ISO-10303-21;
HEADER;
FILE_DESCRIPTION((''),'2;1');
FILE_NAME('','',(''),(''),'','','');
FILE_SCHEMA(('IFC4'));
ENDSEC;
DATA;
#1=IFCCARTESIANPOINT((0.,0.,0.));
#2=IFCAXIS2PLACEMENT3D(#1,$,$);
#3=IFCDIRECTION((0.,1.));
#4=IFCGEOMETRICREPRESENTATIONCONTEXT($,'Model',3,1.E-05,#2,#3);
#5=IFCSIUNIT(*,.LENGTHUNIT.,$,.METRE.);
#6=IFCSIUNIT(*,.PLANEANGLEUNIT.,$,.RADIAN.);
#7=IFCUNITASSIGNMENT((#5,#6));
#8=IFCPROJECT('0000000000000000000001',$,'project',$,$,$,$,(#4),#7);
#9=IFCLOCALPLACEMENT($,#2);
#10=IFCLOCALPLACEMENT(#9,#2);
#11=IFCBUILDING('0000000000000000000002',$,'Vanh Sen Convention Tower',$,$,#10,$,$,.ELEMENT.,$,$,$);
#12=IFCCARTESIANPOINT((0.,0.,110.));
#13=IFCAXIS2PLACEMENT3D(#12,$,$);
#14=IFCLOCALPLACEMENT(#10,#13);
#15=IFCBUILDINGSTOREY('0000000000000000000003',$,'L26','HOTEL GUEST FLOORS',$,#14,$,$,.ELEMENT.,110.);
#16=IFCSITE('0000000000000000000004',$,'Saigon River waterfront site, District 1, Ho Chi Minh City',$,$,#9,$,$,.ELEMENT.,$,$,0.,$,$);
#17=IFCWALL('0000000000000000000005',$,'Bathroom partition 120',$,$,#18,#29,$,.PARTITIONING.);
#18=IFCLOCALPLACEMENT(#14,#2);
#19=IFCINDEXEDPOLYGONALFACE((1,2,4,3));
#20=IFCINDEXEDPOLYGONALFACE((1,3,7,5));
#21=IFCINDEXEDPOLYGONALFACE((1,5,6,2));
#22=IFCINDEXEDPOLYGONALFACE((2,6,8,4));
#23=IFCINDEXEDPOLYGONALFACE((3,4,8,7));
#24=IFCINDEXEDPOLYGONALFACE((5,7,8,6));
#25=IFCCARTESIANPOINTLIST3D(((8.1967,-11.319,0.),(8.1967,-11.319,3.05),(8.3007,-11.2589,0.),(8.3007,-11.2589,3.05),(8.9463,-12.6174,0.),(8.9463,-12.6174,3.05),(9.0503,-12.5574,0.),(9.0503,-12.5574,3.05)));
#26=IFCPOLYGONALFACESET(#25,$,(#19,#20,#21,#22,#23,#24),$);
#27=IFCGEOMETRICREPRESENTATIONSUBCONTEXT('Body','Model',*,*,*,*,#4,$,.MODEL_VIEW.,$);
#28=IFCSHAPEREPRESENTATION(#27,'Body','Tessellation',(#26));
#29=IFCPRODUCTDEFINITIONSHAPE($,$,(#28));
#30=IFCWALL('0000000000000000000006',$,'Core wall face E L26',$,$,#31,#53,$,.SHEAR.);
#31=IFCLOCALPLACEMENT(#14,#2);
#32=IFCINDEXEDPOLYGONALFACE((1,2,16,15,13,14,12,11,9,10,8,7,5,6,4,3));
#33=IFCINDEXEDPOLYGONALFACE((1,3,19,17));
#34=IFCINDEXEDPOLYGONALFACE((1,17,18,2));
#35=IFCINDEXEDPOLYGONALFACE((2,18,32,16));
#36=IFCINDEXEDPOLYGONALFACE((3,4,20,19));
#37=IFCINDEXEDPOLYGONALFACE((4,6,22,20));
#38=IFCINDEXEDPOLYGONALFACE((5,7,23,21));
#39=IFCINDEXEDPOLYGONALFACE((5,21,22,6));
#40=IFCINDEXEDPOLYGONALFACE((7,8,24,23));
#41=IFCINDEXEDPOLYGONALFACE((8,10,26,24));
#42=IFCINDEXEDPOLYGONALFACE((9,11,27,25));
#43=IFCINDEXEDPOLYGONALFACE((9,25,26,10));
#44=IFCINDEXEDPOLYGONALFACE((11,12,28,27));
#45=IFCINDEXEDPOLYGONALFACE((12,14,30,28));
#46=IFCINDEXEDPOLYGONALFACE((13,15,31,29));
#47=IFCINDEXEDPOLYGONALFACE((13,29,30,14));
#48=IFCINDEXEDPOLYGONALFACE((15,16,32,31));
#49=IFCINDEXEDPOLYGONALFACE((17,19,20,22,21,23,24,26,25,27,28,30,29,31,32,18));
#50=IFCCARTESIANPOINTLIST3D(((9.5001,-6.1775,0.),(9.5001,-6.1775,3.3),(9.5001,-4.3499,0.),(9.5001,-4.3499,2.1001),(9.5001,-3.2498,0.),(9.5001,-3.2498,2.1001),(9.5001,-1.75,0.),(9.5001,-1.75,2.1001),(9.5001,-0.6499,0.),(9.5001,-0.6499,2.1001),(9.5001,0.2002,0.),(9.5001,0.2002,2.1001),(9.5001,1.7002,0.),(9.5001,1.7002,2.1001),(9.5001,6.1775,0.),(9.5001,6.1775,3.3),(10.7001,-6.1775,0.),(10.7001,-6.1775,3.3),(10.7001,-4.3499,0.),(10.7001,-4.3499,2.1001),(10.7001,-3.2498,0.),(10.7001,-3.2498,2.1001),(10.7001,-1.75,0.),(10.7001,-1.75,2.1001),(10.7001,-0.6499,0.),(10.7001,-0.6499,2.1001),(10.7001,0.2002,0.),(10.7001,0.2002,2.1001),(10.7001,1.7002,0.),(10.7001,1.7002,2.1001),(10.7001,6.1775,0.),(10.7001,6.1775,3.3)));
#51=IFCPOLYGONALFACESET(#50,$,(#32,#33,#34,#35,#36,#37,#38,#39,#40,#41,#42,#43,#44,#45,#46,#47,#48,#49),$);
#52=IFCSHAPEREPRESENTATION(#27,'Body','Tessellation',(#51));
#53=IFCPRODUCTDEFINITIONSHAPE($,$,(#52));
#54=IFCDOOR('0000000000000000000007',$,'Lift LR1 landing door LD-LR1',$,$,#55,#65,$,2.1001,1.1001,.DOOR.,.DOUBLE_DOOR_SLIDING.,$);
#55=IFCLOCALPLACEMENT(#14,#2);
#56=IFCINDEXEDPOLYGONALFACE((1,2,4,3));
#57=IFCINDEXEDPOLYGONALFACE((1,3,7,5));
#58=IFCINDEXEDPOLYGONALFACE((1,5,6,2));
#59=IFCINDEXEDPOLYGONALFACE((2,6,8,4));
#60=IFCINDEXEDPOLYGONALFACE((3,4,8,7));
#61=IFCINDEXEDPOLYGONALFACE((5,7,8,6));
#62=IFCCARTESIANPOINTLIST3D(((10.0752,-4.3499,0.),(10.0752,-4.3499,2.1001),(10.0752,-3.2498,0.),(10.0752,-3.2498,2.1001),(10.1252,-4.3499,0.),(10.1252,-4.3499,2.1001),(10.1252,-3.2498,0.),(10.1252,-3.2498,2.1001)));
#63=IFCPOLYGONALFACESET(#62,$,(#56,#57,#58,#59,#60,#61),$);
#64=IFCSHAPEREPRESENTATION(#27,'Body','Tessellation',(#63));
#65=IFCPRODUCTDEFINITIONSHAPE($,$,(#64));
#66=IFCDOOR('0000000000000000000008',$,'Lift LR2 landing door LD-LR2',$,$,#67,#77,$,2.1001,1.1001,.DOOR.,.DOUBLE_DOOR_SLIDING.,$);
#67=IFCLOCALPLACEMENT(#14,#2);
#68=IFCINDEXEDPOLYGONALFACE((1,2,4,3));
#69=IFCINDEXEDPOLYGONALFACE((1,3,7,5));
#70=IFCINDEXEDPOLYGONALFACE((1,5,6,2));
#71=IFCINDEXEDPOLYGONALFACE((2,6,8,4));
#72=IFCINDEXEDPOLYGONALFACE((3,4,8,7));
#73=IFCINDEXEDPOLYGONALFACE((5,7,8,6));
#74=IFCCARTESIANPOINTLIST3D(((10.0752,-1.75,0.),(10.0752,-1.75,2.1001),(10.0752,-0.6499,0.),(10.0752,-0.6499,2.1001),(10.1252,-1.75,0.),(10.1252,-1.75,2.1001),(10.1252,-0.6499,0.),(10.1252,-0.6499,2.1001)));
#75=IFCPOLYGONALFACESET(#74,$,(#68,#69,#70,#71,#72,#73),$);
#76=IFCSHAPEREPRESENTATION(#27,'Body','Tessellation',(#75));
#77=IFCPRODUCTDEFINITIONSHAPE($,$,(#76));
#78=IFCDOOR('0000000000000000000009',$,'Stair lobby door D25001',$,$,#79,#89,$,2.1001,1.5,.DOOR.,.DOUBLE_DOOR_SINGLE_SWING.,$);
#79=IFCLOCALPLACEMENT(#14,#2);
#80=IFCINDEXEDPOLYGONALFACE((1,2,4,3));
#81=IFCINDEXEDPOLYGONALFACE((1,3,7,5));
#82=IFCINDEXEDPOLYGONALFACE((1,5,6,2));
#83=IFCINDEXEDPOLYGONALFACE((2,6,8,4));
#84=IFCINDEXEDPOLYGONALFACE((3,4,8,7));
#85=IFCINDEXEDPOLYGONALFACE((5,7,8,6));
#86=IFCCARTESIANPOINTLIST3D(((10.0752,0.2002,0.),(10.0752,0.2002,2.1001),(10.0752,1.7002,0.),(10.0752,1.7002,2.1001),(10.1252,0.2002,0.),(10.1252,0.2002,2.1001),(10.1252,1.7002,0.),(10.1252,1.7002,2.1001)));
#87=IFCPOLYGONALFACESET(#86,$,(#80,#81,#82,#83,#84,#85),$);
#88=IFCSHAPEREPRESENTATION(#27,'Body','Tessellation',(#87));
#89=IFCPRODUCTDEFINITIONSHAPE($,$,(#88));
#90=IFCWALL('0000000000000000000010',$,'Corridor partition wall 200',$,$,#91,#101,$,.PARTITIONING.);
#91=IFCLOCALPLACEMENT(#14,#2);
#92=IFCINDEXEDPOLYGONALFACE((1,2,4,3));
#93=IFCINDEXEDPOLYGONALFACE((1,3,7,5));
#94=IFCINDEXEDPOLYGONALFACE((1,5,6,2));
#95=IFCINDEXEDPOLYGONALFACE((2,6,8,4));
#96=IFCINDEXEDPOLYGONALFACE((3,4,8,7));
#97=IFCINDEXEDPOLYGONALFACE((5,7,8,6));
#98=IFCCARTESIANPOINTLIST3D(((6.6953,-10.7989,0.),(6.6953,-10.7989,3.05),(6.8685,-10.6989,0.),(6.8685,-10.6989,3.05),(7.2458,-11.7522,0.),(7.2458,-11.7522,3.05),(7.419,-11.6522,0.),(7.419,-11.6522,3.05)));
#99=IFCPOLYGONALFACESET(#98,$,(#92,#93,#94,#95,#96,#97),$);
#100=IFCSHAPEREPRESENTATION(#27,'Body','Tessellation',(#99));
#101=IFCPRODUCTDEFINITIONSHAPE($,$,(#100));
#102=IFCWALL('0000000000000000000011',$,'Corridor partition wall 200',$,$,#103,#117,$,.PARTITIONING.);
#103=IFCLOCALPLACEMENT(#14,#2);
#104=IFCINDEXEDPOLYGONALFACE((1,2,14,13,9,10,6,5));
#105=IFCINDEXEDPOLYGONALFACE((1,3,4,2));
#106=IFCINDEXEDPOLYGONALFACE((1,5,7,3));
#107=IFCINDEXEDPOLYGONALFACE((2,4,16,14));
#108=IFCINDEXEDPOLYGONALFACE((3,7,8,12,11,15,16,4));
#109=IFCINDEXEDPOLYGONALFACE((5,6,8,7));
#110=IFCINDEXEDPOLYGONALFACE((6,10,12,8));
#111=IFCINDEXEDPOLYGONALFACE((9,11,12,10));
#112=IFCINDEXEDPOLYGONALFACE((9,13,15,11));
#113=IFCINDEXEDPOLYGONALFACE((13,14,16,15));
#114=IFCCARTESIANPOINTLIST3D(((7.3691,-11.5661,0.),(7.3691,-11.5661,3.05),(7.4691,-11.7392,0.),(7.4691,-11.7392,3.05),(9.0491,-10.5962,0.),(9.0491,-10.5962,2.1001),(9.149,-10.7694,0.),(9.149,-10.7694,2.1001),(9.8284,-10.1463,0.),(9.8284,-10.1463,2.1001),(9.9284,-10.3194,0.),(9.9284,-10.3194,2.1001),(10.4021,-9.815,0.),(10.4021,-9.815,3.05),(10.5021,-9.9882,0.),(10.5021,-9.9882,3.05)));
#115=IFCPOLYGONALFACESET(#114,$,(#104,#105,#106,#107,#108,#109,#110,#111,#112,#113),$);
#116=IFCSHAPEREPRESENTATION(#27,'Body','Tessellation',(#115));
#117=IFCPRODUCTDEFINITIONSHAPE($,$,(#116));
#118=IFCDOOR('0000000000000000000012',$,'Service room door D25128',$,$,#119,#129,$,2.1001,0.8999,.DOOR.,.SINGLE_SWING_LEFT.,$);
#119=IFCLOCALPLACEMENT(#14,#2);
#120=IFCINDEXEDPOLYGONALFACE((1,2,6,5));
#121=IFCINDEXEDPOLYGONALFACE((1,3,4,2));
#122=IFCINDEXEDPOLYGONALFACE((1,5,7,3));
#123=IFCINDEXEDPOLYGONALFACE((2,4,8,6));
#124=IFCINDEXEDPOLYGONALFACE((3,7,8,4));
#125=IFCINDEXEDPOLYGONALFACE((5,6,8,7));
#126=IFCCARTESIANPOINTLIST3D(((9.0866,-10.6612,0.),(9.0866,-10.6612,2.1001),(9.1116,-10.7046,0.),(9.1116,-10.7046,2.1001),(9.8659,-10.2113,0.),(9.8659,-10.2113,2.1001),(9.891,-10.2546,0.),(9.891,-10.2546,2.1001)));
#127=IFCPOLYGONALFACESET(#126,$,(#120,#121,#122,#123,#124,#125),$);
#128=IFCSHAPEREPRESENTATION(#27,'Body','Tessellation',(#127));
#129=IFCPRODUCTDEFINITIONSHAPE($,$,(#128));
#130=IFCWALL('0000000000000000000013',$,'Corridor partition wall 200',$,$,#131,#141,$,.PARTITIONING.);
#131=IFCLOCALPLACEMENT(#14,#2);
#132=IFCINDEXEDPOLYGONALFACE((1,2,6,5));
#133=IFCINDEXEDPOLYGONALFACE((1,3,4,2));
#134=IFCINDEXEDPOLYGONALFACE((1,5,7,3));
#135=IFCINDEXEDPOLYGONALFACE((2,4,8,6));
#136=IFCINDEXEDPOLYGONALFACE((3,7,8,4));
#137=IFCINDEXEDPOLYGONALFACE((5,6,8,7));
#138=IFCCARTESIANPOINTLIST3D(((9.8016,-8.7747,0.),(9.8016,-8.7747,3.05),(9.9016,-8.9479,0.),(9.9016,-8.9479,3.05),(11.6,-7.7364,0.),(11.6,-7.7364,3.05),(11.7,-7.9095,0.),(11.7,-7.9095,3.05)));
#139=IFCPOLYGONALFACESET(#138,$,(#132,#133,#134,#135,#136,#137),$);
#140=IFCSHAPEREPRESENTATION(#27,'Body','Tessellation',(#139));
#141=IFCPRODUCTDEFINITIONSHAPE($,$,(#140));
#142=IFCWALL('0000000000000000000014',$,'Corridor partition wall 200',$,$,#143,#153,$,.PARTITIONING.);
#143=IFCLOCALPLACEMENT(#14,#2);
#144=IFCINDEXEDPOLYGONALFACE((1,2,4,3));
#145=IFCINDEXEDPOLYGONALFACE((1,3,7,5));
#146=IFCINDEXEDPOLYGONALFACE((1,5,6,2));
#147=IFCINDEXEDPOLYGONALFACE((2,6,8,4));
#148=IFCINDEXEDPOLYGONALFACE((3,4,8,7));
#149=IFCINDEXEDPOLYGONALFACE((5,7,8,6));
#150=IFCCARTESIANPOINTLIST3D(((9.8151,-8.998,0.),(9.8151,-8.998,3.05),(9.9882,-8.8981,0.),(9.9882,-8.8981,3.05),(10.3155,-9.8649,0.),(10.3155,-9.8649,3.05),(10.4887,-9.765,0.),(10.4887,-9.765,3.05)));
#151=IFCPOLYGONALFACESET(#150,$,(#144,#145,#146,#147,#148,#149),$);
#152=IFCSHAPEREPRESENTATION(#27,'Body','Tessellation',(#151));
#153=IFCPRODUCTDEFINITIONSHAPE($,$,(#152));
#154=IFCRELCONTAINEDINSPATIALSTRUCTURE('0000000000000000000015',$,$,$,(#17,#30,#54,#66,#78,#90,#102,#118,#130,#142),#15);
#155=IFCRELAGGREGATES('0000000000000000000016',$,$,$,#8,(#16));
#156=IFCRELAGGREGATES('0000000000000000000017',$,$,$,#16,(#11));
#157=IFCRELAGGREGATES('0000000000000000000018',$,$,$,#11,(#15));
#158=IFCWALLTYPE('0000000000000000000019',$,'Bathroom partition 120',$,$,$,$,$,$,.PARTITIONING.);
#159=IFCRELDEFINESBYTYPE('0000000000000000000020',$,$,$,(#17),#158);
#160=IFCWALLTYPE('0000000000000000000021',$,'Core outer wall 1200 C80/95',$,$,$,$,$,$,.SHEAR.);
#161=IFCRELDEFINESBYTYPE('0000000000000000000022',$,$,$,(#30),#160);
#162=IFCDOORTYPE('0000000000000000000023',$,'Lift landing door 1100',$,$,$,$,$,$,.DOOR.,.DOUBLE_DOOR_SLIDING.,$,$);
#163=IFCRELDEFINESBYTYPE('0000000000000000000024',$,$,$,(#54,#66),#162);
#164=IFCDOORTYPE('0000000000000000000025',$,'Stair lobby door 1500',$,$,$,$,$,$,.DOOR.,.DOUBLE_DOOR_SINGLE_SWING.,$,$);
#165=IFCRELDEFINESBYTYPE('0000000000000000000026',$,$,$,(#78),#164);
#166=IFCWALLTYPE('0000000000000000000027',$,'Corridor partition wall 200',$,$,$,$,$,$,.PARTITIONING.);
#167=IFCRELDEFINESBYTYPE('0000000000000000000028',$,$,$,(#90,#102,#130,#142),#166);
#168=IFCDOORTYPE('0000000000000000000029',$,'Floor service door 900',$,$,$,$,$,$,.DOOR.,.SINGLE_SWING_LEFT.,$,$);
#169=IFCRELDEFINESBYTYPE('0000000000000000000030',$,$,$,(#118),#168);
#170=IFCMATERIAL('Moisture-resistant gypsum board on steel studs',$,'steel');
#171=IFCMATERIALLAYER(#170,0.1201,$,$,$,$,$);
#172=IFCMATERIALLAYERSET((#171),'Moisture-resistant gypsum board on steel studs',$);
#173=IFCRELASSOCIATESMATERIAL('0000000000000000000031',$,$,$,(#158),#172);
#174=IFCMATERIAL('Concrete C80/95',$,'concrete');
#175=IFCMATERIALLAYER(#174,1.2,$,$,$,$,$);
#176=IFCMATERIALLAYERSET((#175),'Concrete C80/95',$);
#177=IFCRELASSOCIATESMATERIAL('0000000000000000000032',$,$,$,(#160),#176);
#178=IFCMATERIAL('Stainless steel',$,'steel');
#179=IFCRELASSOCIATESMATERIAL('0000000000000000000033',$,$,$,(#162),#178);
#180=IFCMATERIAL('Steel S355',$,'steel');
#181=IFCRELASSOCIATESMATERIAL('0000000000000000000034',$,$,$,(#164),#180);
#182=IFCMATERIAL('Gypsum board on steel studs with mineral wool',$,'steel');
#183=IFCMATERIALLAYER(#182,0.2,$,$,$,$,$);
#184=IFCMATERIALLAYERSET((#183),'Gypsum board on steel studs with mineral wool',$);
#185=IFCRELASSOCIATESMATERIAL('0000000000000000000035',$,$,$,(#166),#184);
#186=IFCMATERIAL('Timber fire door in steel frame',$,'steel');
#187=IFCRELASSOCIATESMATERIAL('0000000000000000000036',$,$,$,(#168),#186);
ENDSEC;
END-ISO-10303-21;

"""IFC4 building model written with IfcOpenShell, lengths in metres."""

from ifc_helpers import new_model, si_unit, direction, frame, frame_2d, origin, place, context, subcontext, project, spatial, rectangle, extrude, material, layer, layer_set, type_object, element, fill, save


model = new_model("IFC4")

# Units and contexts
model_context = context("Model", 3, precision=1e-05, world=origin(), true_north=direction((0.0, 1.0)))
body_context = subcontext(model_context, "Body", "Model", "MODEL_VIEW")
ifc_project = project(units=[si_unit("LENGTHUNIT", "METRE"), si_unit("PLANEANGLEUNIT", "RADIAN")], contexts=[model_context])

# Site, building, storey
site_placement = place(None, origin())
site = spatial("IfcSite", under=ifc_project, at=site_placement, Name="Saigon River waterfront site, District 1, Ho Chi Minh City", CompositionType="ELEMENT", RefElevation=0.0)
building_placement = place(site_placement, origin())
building = spatial("IfcBuilding", under=site, at=building_placement, Name="Vanh Sen Convention Tower", CompositionType="ELEMENT")
storey_placement = place(building_placement, frame((0.0, 0.0, 110.0)))
storey = spatial("IfcBuildingStorey", under=building, at=storey_placement, Name="L26", Description="HOTEL GUEST FLOORS", CompositionType="ELEMENT", Elevation=110.0)

# Wall
ifc_material_1 = material(Name="Moisture-resistant gypsum board on steel studs", Category="steel")
ifc_layer_1 = layer(ifc_material_1, 0.1201)
ifc_layer_set_1 = layer_set([ifc_layer_1], Name="Moisture-resistant gypsum board on steel studs")
wall_type_1 = type_object("IfcWallType", Name="Bathroom partition 120", PredefinedType="PARTITIONING", material=ifc_layer_set_1)
wall_1_placement = place(storey_placement, frame((8.2488, -11.2891, 0.0), z_axis=(0.0, 0.0, 1.0), x_axis=(0.499957, -0.86605, 0.0)))
element("IfcWall", 1, at=wall_1_placement, inside=storey, type_object=wall_type_1, Name="Bathroom partition 120", PredefinedType="PARTITIONING", context=body_context, shape_type="SweptSolid", body=[
    extrude(rectangle(XDim=1.4993, YDim=0.1201, at=frame_2d((0.7495, 0.0))), origin(), (0.0, 0.0, 1.0), 3.05),
])

# Wall, openings, doors
ifc_material_2 = material(Name="Concrete C80/95", Category="concrete")
ifc_layer_2 = layer(ifc_material_2, 1.2)
ifc_layer_set_2 = layer_set([ifc_layer_2], Name="Concrete C80/95")
wall_type_2 = type_object("IfcWallType", Name="Core outer wall 1200 C80/95", PredefinedType="SHEAR", material=ifc_layer_set_2)
wall_2_placement = place(storey_placement, frame((10.1001, -6.1775, 0.0), z_axis=(0.0, 0.0, 1.0), x_axis=(0.0, 1.0, 0.0)))
wall_2 = element("IfcWall", 2, at=wall_2_placement, inside=storey, type_object=wall_type_2, Name="Core wall face E L26", PredefinedType="SHEAR", context=body_context, shape_type="SweptSolid", body=[
    extrude(rectangle(XDim=12.355, YDim=1.2, at=frame_2d((6.1775, 0.0))), origin(), (0.0, 0.0, 1.0), 3.3),
])
opening_1_placement = place(wall_2_placement, frame((6.3777, 0.0, 0.0)))
opening_1 = element("IfcOpeningElement", 3, at=opening_1_placement, cuts=wall_2, PredefinedType="OPENING", context=body_context, shape_type="SweptSolid", body=[
    extrude(rectangle(XDim=1.5, YDim=2.1001, at=frame_2d((0.75, 1.05))), frame((0.0, 0.6099, 0.0), z_axis=(0.0, -1.0, 0.0), x_axis=(1.0, 0.0, 0.0)), (0.0, 0.0, 1.0), 1.22),
])
opening_2_placement = place(wall_2_placement, frame((1.8276, 0.0, 0.0)))
opening_2 = element("IfcOpeningElement", 4, at=opening_2_placement, cuts=wall_2, PredefinedType="OPENING", context=body_context, shape_type="SweptSolid", body=[
    extrude(rectangle(XDim=1.1001, YDim=2.1001, at=frame_2d((0.55, 1.05))), frame((0.0, 0.6099, 0.0), z_axis=(0.0, -1.0, 0.0), x_axis=(1.0, 0.0, 0.0)), (0.0, 0.0, 1.0), 1.22),
])
opening_3_placement = place(wall_2_placement, frame((4.4275, 0.0, 0.0)))
opening_3 = element("IfcOpeningElement", 5, at=opening_3_placement, cuts=wall_2, PredefinedType="OPENING", context=body_context, shape_type="SweptSolid", body=[
    extrude(rectangle(XDim=1.1001, YDim=2.1001, at=frame_2d((0.55, 1.05))), frame((0.0, 0.6099, 0.0), z_axis=(0.0, -1.0, 0.0), x_axis=(1.0, 0.0, 0.0)), (0.0, 0.0, 1.0), 1.22),
])
ifc_material_3 = material(Name="Stainless steel", Category="steel")
door_type_1 = type_object("IfcDoorType", Name="Lift landing door 1100", OperationType="DOUBLE_DOOR_SLIDING", PredefinedType="DOOR", material=ifc_material_3)
door_1_placement = place(opening_2_placement, origin())
door_1 = element("IfcDoor", 6, at=door_1_placement, inside=storey, type_object=door_type_1, Name="Lift LR1 landing door LD-LR1", OperationType="DOUBLE_DOOR_SLIDING", OverallHeight=2.1001, OverallWidth=1.1001, PredefinedType="DOOR", context=body_context, shape_type="SweptSolid", body=[
    extrude(rectangle(XDim=1.1001, YDim=2.1001, at=frame_2d((0.55, 1.05))), frame((0.0, 0.0249, 0.0), z_axis=(0.0, -1.0, 0.0), x_axis=(1.0, 0.0, 0.0)), (0.0, 0.0, 1.0), 0.05),
])
fill(opening_2, door_1)
door_2_placement = place(opening_3_placement, origin())
door_2 = element("IfcDoor", 7, at=door_2_placement, inside=storey, type_object=door_type_1, Name="Lift LR2 landing door LD-LR2", OperationType="DOUBLE_DOOR_SLIDING", OverallHeight=2.1001, OverallWidth=1.1001, PredefinedType="DOOR", context=body_context, shape_type="SweptSolid", body=[
    extrude(rectangle(XDim=1.1001, YDim=2.1001, at=frame_2d((0.55, 1.05))), frame((0.0, 0.0249, 0.0), z_axis=(0.0, -1.0, 0.0), x_axis=(1.0, 0.0, 0.0)), (0.0, 0.0, 1.0), 0.05),
])
fill(opening_3, door_2)
ifc_material_4 = material(Name="Steel S355", Category="steel")
door_type_2 = type_object("IfcDoorType", Name="Stair lobby door 1500", OperationType="DOUBLE_DOOR_SINGLE_SWING", PredefinedType="DOOR", material=ifc_material_4)
door_3_placement = place(opening_1_placement, origin())
door_3 = element("IfcDoor", 8, at=door_3_placement, inside=storey, type_object=door_type_2, Name="Stair lobby door D25001", OperationType="DOUBLE_DOOR_SINGLE_SWING", OverallHeight=2.1001, OverallWidth=1.5, PredefinedType="DOOR", context=body_context, shape_type="SweptSolid", body=[
    extrude(rectangle(XDim=1.5, YDim=2.1001, at=frame_2d((0.75, 1.05))), frame((0.0, 0.0249, 0.0), z_axis=(0.0, -1.0, 0.0), x_axis=(1.0, 0.0, 0.0)), (0.0, 0.0, 1.0), 0.05),
])
fill(opening_1, door_3)

# Wall
ifc_material_5 = material(Name="Gypsum board on steel studs with mineral wool", Category="steel")
ifc_layer_3 = layer(ifc_material_5, 0.2)
ifc_layer_set_3 = layer_set([ifc_layer_3], Name="Gypsum board on steel studs with mineral wool")
wall_type_3 = type_object("IfcWallType", Name="Corridor partition wall 200", PredefinedType="PARTITIONING", material=ifc_layer_set_3)
wall_3_placement = place(storey_placement, frame((6.782, -10.749, 0.0), z_axis=(0.0, 0.0, 1.0), x_axis=(0.500074, -0.865982, 0.0)))
element("IfcWall", 9, at=wall_3_placement, inside=storey, type_object=wall_type_3, Name="Corridor partition wall 200", PredefinedType="PARTITIONING", context=body_context, shape_type="SweptSolid", body=[
    extrude(rectangle(XDim=1.1008, YDim=0.2, at=frame_2d((0.5503, 0.0))), origin(), (0.0, 0.0, 1.0), 3.05),
])

# Wall, opening, door
wall_4_placement = place(storey_placement, frame((7.4192, -11.6526, 0.0), z_axis=(0.0, 0.0, 1.0), x_axis=(0.866038, 0.499978, 0.0)))
wall_4 = element("IfcWall", 10, at=wall_4_placement, inside=storey, type_object=wall_type_3, Name="Corridor partition wall 200", PredefinedType="PARTITIONING", context=body_context, shape_type="SweptSolid", body=[
    extrude(rectangle(XDim=3.5022, YDim=0.2, at=frame_2d((1.751, 0.0))), origin(), (0.0, 0.0, 1.0), 3.05),
])
opening_4_placement = place(wall_4_placement, frame((1.9397, 0.0, 0.0)))
opening_4 = element("IfcOpeningElement", 11, at=opening_4_placement, cuts=wall_4, PredefinedType="OPENING", context=body_context, shape_type="SweptSolid", body=[
    extrude(rectangle(XDim=0.8999, YDim=2.1001, at=frame_2d((0.45, 1.05))), frame((0.0, 0.1099, 0.0), z_axis=(0.0, -1.0, 0.0), x_axis=(1.0, 0.0, 0.0)), (0.0, 0.0, 1.0), 0.22),
])
ifc_material_6 = material(Name="Timber fire door in steel frame", Category="steel")
door_type_3 = type_object("IfcDoorType", Name="Floor service door 900", OperationType="SINGLE_SWING_LEFT", PredefinedType="DOOR", material=ifc_material_6)
door_4_placement = place(opening_4_placement, origin())
door_4 = element("IfcDoor", 12, at=door_4_placement, inside=storey, type_object=door_type_3, Name="Service room door D25128", OperationType="SINGLE_SWING_LEFT", OverallHeight=2.1001, OverallWidth=0.8999, PredefinedType="DOOR", context=body_context, shape_type="SweptSolid", body=[
    extrude(rectangle(XDim=0.8999, YDim=2.1001, at=frame_2d((0.45, 1.05))), frame((0.0, 0.0249, 0.0), z_axis=(0.0, -1.0, 0.0), x_axis=(1.0, 0.0, 0.0)), (0.0, 0.0, 1.0), 0.05),
])
fill(opening_4, door_4)

# Walls
wall_5_placement = place(storey_placement, frame((9.8516, -8.8613, 0.0), z_axis=(0.0, 0.0, 1.0), x_axis=(0.866013, 0.500021, 0.0)))
element("IfcWall", 13, at=wall_5_placement, inside=storey, type_object=wall_type_3, Name="Corridor partition wall 200", PredefinedType="PARTITIONING", context=body_context, shape_type="SweptSolid", body=[
    extrude(rectangle(XDim=2.0767, YDim=0.2, at=frame_2d((1.0383, 0.0))), origin(), (0.0, 0.0, 1.0), 3.05),
])
wall_6_placement = place(storey_placement, frame((10.4021, -9.8149, 0.0), z_axis=(0.0, 0.0, 1.0), x_axis=(-0.499969, 0.866043, 0.0)))
element("IfcWall", 14, at=wall_6_placement, inside=storey, type_object=wall_type_3, Name="Corridor partition wall 200", PredefinedType="PARTITIONING", context=body_context, shape_type="SweptSolid", body=[
    extrude(rectangle(XDim=1.001, YDim=0.2, at=frame_2d((0.5005, 0.0))), origin(), (0.0, 0.0, 1.0), 3.05),
])

save(model, "model.ifc")
